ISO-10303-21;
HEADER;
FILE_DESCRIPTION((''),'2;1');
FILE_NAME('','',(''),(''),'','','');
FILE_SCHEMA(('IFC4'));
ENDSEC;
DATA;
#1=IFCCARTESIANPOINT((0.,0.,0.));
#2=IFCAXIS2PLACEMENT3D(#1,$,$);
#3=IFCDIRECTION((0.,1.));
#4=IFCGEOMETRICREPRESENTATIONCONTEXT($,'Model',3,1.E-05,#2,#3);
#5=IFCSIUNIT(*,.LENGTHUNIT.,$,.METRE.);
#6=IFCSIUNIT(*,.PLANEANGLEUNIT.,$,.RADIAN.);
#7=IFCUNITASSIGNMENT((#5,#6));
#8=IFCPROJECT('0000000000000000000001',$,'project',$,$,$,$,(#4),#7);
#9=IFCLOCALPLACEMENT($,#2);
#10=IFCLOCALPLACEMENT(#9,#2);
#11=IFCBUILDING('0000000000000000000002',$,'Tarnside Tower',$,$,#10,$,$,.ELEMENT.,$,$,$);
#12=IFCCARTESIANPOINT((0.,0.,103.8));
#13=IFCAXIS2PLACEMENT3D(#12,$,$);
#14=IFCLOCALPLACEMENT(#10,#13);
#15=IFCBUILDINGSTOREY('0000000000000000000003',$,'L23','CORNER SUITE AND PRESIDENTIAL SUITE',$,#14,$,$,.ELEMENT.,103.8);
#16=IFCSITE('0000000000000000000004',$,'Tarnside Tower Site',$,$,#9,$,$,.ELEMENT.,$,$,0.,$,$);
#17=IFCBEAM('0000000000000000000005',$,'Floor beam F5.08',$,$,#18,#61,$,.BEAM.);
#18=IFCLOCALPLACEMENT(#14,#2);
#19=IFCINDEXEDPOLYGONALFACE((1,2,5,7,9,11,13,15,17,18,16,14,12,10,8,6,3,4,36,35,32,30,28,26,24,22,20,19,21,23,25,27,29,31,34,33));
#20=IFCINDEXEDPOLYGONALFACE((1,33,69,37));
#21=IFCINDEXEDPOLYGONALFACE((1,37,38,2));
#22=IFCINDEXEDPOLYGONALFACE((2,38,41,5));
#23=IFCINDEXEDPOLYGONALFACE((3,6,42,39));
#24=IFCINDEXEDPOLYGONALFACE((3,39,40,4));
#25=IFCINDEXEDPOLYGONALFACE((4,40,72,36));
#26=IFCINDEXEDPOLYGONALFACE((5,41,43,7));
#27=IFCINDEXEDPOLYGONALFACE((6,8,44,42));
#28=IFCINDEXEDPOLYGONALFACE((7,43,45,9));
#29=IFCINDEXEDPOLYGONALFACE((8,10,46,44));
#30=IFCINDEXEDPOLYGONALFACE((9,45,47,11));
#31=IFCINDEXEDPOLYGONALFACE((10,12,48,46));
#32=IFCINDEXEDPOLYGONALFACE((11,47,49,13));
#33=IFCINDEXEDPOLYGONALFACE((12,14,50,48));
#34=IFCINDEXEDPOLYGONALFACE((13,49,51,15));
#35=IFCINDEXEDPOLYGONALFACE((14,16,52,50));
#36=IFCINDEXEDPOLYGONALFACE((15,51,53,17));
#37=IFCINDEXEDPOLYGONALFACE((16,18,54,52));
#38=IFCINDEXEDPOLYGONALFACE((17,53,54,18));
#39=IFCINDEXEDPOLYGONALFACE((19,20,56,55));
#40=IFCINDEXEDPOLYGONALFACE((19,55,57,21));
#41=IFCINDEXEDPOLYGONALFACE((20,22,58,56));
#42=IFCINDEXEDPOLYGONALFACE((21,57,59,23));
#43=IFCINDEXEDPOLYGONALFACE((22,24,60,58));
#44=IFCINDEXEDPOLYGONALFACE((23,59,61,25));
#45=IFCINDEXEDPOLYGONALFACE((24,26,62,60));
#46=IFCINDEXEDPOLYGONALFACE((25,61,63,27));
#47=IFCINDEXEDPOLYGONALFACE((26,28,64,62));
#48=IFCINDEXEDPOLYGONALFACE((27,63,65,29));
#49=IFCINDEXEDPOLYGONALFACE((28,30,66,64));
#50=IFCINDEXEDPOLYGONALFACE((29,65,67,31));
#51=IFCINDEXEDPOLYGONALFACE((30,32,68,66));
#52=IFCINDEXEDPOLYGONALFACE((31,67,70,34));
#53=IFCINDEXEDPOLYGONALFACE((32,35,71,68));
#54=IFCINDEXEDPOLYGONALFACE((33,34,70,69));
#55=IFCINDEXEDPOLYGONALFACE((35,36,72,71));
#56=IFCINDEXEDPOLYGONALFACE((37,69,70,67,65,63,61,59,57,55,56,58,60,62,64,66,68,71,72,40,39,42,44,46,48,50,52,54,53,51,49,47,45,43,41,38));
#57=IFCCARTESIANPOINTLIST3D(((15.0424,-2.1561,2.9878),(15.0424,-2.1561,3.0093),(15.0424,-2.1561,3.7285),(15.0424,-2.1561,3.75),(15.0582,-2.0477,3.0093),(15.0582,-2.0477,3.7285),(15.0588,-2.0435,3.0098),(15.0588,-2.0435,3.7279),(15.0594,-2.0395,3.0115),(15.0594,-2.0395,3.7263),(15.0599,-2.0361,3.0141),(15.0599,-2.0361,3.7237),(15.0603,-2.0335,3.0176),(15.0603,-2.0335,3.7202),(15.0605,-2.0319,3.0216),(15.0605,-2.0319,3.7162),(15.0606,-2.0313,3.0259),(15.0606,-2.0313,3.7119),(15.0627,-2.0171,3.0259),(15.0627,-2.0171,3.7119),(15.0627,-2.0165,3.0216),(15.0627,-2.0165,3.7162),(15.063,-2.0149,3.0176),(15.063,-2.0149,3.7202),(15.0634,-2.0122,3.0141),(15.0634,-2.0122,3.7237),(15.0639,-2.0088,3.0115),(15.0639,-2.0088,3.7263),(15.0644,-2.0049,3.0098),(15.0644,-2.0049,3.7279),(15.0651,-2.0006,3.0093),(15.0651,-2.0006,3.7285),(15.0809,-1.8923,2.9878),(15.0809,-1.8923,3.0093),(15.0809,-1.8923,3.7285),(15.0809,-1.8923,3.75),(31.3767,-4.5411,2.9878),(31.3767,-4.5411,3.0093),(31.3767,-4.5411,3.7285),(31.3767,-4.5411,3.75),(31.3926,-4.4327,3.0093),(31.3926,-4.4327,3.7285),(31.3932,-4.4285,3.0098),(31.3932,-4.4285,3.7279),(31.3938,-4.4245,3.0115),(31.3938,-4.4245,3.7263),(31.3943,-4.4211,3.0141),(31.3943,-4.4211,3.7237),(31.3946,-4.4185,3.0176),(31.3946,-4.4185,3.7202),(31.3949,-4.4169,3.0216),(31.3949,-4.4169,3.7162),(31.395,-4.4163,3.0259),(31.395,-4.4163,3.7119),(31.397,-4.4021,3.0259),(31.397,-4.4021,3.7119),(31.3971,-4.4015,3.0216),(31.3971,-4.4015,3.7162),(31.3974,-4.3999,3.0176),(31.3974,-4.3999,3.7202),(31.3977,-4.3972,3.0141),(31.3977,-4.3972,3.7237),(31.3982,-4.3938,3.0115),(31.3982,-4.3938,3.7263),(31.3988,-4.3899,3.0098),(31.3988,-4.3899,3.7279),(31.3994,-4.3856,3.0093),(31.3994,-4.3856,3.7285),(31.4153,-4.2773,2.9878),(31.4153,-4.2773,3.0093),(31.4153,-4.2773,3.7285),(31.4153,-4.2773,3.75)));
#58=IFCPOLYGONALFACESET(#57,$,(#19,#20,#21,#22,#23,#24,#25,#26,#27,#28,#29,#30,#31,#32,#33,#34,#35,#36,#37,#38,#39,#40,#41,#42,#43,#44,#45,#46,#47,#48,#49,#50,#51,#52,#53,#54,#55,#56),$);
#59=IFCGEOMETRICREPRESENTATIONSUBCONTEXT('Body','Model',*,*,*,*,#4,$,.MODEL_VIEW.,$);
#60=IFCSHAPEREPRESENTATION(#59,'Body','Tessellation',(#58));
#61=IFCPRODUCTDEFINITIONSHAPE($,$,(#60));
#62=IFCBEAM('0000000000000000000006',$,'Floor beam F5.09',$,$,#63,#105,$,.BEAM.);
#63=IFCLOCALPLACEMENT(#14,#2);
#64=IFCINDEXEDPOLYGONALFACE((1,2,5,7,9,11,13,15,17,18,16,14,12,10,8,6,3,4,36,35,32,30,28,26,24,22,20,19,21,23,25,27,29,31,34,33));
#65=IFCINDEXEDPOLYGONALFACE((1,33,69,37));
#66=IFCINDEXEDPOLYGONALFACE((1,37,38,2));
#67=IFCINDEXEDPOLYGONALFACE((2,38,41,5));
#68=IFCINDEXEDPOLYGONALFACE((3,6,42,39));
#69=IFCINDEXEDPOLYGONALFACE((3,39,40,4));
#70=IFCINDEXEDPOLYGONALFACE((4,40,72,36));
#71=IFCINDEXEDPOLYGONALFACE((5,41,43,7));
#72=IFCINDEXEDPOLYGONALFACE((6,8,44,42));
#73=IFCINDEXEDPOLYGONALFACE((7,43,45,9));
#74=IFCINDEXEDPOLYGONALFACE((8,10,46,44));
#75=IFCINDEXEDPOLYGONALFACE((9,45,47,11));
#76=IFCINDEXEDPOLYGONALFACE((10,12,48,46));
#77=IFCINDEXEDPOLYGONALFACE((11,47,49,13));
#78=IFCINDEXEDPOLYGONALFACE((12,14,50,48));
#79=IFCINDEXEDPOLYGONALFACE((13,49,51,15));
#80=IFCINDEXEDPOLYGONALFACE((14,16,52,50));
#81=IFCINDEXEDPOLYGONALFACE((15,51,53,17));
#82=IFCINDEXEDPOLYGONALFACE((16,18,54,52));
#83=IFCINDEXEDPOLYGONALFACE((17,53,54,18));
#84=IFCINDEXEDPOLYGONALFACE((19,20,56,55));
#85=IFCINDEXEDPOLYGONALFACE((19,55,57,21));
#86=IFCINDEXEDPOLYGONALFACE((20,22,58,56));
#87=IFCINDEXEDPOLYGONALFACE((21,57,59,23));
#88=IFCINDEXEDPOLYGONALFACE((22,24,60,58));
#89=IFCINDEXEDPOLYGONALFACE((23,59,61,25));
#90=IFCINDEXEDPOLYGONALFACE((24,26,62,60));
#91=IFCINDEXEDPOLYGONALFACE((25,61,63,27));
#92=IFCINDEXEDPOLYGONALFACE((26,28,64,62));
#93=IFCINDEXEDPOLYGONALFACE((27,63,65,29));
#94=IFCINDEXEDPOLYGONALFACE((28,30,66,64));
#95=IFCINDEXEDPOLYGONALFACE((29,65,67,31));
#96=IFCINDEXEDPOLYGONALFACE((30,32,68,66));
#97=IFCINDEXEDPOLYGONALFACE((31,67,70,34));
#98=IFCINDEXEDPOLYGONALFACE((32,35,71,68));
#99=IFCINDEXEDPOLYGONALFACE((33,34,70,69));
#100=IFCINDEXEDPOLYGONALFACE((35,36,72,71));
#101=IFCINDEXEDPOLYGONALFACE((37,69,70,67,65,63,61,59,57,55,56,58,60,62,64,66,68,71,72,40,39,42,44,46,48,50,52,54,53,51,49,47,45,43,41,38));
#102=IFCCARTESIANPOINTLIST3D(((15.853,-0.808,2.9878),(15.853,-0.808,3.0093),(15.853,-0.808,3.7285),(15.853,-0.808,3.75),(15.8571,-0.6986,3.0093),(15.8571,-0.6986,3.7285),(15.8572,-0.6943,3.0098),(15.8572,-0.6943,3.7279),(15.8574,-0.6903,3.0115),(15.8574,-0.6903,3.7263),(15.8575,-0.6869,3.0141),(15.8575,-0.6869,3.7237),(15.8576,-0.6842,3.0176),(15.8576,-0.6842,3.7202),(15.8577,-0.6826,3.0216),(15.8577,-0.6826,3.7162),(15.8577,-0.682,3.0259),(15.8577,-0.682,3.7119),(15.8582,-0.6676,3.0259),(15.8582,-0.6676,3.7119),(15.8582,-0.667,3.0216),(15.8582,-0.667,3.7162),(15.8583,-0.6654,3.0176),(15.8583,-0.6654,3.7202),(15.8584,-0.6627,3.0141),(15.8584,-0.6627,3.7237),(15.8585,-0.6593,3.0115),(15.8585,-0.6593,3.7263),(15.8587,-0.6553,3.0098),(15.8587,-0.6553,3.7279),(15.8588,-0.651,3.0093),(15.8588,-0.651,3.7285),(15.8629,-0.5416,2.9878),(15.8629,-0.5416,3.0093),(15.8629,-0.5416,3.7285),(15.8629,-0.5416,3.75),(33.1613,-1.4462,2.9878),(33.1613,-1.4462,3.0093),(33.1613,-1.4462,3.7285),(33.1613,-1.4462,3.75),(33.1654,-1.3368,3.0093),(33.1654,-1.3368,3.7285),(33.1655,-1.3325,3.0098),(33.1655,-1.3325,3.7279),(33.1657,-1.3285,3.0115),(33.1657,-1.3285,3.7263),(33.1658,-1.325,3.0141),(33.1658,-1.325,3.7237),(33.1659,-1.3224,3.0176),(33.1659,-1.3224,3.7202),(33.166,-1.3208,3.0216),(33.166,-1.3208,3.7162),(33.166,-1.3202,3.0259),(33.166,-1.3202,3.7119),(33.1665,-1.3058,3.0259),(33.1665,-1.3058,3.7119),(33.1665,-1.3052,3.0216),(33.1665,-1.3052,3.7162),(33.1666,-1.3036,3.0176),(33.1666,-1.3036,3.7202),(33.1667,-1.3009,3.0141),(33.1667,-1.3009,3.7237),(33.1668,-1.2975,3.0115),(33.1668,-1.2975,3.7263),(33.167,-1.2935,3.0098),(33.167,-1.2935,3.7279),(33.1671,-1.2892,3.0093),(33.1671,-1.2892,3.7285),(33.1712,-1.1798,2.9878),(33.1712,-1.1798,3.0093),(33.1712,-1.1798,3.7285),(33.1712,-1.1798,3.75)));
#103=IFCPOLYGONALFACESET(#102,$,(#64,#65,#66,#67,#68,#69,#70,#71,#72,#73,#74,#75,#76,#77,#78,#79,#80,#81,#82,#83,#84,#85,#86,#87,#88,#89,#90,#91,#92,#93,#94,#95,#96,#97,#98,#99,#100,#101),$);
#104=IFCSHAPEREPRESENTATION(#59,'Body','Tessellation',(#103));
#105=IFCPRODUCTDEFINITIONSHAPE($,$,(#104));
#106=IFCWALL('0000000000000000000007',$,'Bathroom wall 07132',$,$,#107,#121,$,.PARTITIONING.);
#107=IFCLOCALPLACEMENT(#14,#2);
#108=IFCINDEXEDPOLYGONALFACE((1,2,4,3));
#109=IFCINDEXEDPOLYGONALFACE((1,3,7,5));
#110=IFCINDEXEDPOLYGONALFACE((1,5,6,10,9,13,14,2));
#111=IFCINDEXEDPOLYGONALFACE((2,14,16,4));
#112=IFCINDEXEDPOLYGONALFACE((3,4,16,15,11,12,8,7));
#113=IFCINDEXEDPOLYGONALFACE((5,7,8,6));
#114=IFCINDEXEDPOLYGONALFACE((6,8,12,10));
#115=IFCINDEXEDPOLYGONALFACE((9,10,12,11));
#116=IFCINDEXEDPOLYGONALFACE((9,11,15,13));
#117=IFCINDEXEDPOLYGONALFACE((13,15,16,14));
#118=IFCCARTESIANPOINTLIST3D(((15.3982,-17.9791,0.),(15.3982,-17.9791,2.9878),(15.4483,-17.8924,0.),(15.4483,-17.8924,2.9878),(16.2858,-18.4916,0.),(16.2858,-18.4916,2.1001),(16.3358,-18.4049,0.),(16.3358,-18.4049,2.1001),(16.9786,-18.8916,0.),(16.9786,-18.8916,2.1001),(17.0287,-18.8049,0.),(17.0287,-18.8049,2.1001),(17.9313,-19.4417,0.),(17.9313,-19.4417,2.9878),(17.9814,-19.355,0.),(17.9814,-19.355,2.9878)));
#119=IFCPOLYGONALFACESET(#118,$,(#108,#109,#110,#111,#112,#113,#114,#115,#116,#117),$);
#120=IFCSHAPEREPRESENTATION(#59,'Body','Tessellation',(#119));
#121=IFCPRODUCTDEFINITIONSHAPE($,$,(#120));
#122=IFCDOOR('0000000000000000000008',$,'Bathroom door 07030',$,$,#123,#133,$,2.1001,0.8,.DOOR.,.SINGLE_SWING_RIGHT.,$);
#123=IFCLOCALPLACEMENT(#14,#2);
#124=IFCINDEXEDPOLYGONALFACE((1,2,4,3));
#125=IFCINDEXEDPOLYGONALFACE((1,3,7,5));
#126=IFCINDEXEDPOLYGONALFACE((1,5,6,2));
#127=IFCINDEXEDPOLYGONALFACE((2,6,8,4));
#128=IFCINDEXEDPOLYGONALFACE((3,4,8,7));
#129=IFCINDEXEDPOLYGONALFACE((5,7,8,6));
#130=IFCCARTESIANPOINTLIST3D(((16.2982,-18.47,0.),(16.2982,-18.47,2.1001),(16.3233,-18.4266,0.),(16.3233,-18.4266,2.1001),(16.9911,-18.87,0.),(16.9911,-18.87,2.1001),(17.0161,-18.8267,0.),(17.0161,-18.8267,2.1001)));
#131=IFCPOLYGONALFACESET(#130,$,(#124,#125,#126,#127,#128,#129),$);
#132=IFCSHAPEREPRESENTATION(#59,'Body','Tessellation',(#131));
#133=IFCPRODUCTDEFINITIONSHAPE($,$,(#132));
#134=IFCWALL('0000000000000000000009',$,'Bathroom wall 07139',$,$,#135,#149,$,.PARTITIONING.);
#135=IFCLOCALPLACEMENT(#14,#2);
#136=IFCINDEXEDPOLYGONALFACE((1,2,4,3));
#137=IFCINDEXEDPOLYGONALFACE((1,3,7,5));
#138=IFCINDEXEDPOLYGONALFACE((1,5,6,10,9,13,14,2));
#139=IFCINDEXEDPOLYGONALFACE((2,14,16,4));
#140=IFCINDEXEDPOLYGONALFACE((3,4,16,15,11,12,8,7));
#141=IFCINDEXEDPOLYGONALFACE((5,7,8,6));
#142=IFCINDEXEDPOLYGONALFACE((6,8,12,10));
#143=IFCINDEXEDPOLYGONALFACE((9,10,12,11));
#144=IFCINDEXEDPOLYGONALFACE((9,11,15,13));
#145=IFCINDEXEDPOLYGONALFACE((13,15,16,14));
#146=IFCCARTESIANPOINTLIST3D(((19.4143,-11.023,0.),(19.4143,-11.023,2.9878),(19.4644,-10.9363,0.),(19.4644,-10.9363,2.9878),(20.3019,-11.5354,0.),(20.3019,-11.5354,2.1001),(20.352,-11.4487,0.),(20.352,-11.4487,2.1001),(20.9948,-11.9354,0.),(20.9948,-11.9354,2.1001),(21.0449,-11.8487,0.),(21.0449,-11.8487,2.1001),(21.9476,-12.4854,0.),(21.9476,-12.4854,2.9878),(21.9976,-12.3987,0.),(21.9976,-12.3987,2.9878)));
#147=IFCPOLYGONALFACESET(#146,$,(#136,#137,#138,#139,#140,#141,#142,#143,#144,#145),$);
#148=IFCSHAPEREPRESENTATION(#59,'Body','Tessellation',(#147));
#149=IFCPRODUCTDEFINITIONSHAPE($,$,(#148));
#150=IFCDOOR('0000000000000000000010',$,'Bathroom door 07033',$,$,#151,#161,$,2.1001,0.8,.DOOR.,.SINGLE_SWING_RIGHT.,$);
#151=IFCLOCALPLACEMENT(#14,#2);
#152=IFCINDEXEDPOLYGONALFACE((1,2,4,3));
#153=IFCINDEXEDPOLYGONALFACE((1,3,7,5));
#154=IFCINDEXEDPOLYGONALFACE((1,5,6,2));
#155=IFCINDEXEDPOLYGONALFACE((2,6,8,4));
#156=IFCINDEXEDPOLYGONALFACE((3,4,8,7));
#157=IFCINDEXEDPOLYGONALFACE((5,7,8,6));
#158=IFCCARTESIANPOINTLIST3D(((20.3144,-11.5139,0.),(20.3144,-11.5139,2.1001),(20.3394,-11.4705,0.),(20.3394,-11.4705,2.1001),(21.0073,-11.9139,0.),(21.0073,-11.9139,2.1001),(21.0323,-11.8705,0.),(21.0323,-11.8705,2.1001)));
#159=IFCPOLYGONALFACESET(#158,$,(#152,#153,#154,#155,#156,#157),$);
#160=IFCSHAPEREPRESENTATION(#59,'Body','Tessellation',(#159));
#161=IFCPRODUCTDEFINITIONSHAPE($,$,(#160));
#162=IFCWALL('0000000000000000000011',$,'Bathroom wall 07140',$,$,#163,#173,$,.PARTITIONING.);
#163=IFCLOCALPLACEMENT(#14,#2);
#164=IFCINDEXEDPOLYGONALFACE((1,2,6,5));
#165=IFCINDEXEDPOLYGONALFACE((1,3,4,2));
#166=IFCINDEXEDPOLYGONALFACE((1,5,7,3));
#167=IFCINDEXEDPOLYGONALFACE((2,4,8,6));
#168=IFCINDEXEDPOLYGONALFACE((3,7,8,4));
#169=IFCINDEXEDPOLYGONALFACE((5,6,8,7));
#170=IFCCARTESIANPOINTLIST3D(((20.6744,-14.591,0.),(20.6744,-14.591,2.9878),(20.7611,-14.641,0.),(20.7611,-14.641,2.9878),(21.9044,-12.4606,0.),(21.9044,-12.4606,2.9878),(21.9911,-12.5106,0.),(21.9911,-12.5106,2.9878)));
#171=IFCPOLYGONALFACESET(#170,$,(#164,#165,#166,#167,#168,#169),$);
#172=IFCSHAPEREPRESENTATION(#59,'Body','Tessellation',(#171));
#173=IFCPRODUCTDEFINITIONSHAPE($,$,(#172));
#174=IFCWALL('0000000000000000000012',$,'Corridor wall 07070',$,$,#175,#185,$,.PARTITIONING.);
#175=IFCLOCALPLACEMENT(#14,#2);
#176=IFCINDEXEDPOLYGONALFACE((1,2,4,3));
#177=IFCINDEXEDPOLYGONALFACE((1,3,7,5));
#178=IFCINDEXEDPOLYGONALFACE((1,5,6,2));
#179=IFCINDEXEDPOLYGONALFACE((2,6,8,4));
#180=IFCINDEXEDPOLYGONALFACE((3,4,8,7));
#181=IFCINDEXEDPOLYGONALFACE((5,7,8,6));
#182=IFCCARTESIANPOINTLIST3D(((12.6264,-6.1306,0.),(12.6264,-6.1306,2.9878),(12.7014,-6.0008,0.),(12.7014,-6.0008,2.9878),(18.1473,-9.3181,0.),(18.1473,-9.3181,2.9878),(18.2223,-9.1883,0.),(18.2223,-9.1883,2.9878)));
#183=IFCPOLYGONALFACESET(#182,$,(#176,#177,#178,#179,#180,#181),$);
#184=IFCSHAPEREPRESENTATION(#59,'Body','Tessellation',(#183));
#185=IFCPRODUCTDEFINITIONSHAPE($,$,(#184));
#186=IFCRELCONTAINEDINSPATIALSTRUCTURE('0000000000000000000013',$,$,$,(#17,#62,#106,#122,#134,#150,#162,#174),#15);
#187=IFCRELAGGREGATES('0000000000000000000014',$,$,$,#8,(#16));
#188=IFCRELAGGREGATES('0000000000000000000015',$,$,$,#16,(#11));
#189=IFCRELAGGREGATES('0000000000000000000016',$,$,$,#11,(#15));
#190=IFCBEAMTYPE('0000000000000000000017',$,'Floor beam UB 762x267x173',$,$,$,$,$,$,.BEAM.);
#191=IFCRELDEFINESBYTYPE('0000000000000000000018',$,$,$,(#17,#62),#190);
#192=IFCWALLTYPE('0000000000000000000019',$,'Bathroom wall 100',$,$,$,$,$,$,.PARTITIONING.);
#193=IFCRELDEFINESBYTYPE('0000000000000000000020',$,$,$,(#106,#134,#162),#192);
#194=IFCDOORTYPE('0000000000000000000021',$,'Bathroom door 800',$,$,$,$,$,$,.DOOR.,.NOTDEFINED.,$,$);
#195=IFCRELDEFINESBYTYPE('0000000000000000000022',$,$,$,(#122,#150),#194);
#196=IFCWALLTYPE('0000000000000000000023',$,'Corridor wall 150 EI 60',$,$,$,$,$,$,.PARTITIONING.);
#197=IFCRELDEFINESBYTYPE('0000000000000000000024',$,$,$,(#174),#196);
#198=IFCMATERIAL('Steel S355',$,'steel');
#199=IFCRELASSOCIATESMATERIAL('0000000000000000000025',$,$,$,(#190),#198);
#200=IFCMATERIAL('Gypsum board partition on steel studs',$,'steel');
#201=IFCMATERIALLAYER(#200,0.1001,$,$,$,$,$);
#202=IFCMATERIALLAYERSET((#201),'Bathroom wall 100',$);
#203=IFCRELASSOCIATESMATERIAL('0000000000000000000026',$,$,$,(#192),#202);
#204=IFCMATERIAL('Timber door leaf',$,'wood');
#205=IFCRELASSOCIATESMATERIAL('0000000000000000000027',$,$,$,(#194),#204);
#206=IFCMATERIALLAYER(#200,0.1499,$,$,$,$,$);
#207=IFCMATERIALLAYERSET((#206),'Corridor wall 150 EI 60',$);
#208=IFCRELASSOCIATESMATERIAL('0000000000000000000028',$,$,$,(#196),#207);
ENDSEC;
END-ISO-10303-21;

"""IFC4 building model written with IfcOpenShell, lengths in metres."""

from ifc_helpers import new_model, si_unit, direction, frame, frame_2d, origin, origin_2d, place, context, subcontext, project, spatial, rectangle, i_section, extrude, material, layer, layer_set, material_profile, profile_set, type_object, element, fill, save


model = new_model("IFC4")

# Units and contexts
model_context = context("Model", 3, precision=1e-05, world=origin(), true_north=direction((0.0, 1.0)))
body_context = subcontext(model_context, "Body", "Model", "MODEL_VIEW")
ifc_project = project(units=[si_unit("LENGTHUNIT", "METRE"), si_unit("PLANEANGLEUNIT", "RADIAN")], contexts=[model_context])

# Site, building, storey
site_placement = place(None, origin())
site = spatial("IfcSite", under=ifc_project, at=site_placement, Name="Tarnside Tower Site", CompositionType="ELEMENT", RefElevation=0.0)
building_placement = place(site_placement, origin())
building = spatial("IfcBuilding", under=site, at=building_placement, Name="Tarnside Tower", CompositionType="ELEMENT")
storey_placement = place(building_placement, frame((0.0, 0.0, 103.8)))
storey = spatial("IfcBuildingStorey", under=building, at=storey_placement, Name="L23", Description="CORNER SUITE AND PRESIDENTIAL SUITE", CompositionType="ELEMENT", Elevation=103.8)

# Beams
ifc_material_1 = material(Name="Steel S355", Category="steel")
ifc_material_profile_1 = material_profile(ifc_material_1, i_section(OverallWidth=0.2666, OverallDepth=0.7622, WebThickness=0.0144, FlangeThickness=0.0215, FilletRadius=0.0166, at=origin_2d()), Name="UB 762x267x173")
ifc_profile_set_1 = profile_set([ifc_material_profile_1], Name="Steel S355")
beam_type_1 = type_object("IfcBeamType", Name="Floor beam UB 762x267x173", PredefinedType="BEAM", material=ifc_profile_set_1)
beam_1_placement = place(storey_placement, frame((31.396, -4.4092, 3.3689), z_axis=(-0.989508, 0.144479, 0.0), x_axis=(-0.144479, -0.989508, 0.0)))
element("IfcBeam", 1, at=beam_1_placement, inside=storey, type_object=beam_type_1, Name="Floor beam F5.08", PredefinedType="BEAM", context=body_context, shape_type="SweptSolid", body=[
    extrude(i_section(OverallWidth=0.2666, OverallDepth=0.7622, WebThickness=0.0144, FlangeThickness=0.0215, FilletRadius=0.0166, at=origin_2d()), origin(), (0.0, 0.0, 1.0), 16.5076),
])
beam_2_placement = place(storey_placement, frame((33.1663, -1.313, 3.3689), z_axis=(-0.999321, 0.036846, 0.0), x_axis=(-0.036846, -0.999321, 0.0)))
element("IfcBeam", 2, at=beam_2_placement, inside=storey, type_object=beam_type_1, Name="Floor beam F5.09", PredefinedType="BEAM", context=body_context, shape_type="SweptSolid", body=[
    extrude(i_section(OverallWidth=0.2666, OverallDepth=0.7622, WebThickness=0.0144, FlangeThickness=0.0215, FilletRadius=0.0166, at=origin_2d()), origin(), (0.0, 0.0, 1.0), 17.3201),
])

# Walls, openings, doors
ifc_material_2 = material(Name="Gypsum board partition on steel studs", Category="steel")
ifc_layer_1 = layer(ifc_material_2, 0.1001)
ifc_layer_set_1 = layer_set([ifc_layer_1], Name="Bathroom wall 100")
wall_type_1 = type_object("IfcWallType", Name="Bathroom wall 100", PredefinedType="PARTITIONING", material=ifc_layer_set_1)
wall_1_placement = place(storey_placement, frame((15.4233, -17.9358, 0.0), z_axis=(0.0, 0.0, 1.0), x_axis=(0.86601, -0.500026, 0.0)))
wall_1 = element("IfcWall", 3, at=wall_1_placement, inside=storey, type_object=wall_type_1, Name="Bathroom wall 07132", PredefinedType="PARTITIONING", context=body_context, shape_type="SweptSolid", body=[
    extrude(rectangle(XDim=2.925, YDim=0.1001, at=frame_2d((1.4624, 0.0))), origin(), (0.0, 0.0, 1.0), 2.9878),
])
opening_1_placement = place(wall_1_placement, frame((1.0249, 0.0, 0.0)))
opening_1 = element("IfcOpeningElement", 4, at=opening_1_placement, cuts=wall_1, PredefinedType="OPENING", context=body_context, shape_type="SweptSolid", body=[
    extrude(rectangle(XDim=0.8, YDim=2.1001, at=frame_2d((0.3999, 1.05))), frame((0.0, 0.0601, 0.0), z_axis=(0.0, -1.0, 0.0), x_axis=(1.0, 0.0, 0.0)), (0.0, 0.0, 1.0), 0.1201),
])
ifc_material_3 = material(Name="Timber door leaf", Category="wood")
door_type_1 = type_object("IfcDoorType", Name="Bathroom door 800", OperationType="NOTDEFINED", PredefinedType="DOOR", material=ifc_material_3)
door_1_placement = place(opening_1_placement, origin())
door_1 = element("IfcDoor", 5, at=door_1_placement, inside=storey, type_object=door_type_1, Name="Bathroom door 07030", OperationType="SINGLE_SWING_RIGHT", OverallHeight=2.1001, OverallWidth=0.8, PredefinedType="DOOR", context=body_context, shape_type="SweptSolid", body=[
    extrude(rectangle(XDim=0.8, YDim=2.1001, at=frame_2d((0.3999, 1.05))), frame((0.0, 0.0249, 0.0), z_axis=(0.0, -1.0, 0.0), x_axis=(1.0, 0.0, 0.0)), (0.0, 0.0, 1.0), 0.05),
])
fill(opening_1, door_1)
wall_2_placement = place(storey_placement, frame((19.4395, -10.9797, 0.0), z_axis=(0.0, 0.0, 1.0), x_axis=(0.866047, -0.499963, 0.0)))
wall_2 = element("IfcWall", 6, at=wall_2_placement, inside=storey, type_object=wall_type_1, Name="Bathroom wall 07139", PredefinedType="PARTITIONING", context=body_context, shape_type="SweptSolid", body=[
    extrude(rectangle(XDim=2.925, YDim=0.1001, at=frame_2d((1.4624, 0.0))), origin(), (0.0, 0.0, 1.0), 2.9878),
])
opening_2_placement = place(wall_2_placement, frame((1.0249, 0.0, 0.0)))
opening_2 = element("IfcOpeningElement", 7, at=opening_2_placement, cuts=wall_2, PredefinedType="OPENING", context=body_context, shape_type="SweptSolid", body=[
    extrude(rectangle(XDim=0.8, YDim=2.1001, at=frame_2d((0.3999, 1.05))), frame((0.0, 0.0601, 0.0), z_axis=(0.0, -1.0, 0.0), x_axis=(1.0, 0.0, 0.0)), (0.0, 0.0, 1.0), 0.1201),
])
door_2_placement = place(opening_2_placement, origin())
door_2 = element("IfcDoor", 8, at=door_2_placement, inside=storey, type_object=door_type_1, Name="Bathroom door 07033", OperationType="SINGLE_SWING_RIGHT", OverallHeight=2.1001, OverallWidth=0.8, PredefinedType="DOOR", context=body_context, shape_type="SweptSolid", body=[
    extrude(rectangle(XDim=0.8, YDim=2.1001, at=frame_2d((0.3999, 1.05))), frame((0.0, 0.0249, 0.0), z_axis=(0.0, -1.0, 0.0), x_axis=(1.0, 0.0, 0.0)), (0.0, 0.0, 1.0), 0.05),
])
fill(opening_2, door_2)

# Walls
wall_3_placement = place(storey_placement, frame((21.9478, -12.4856, 0.0), z_axis=(0.0, 0.0, 1.0), x_axis=(-0.500003, -0.866024, 0.0)))
element("IfcWall", 9, at=wall_3_placement, inside=storey, type_object=wall_type_1, Name="Bathroom wall 07140", PredefinedType="PARTITIONING", context=body_context, shape_type="SweptSolid", body=[
    extrude(rectangle(XDim=2.46, YDim=0.1001, at=frame_2d((1.23, 0.0))), origin(), (0.0, 0.0, 1.0), 2.9878),
])
ifc_layer_2 = layer(ifc_material_2, 0.1499)
ifc_layer_set_2 = layer_set([ifc_layer_2], Name="Corridor wall 150 EI 60")
wall_type_2 = type_object("IfcWallType", Name="Corridor wall 150 EI 60", PredefinedType="PARTITIONING", material=ifc_layer_set_2)
wall_4_placement = place(storey_placement, frame((18.1848, -9.2532, 0.0), z_axis=(0.0, 0.0, 1.0), x_axis=(-0.866029, 0.499994, 0.0)))
element("IfcWall", 10, at=wall_4_placement, inside=storey, type_object=wall_type_2, Name="Corridor wall 07070", PredefinedType="PARTITIONING", context=body_context, shape_type="SweptSolid", body=[
    extrude(rectangle(XDim=6.375, YDim=0.1499, at=frame_2d((3.1875, 0.0))), origin(), (0.0, 0.0, 1.0), 2.9878),
])

save(model, "model.ifc")
